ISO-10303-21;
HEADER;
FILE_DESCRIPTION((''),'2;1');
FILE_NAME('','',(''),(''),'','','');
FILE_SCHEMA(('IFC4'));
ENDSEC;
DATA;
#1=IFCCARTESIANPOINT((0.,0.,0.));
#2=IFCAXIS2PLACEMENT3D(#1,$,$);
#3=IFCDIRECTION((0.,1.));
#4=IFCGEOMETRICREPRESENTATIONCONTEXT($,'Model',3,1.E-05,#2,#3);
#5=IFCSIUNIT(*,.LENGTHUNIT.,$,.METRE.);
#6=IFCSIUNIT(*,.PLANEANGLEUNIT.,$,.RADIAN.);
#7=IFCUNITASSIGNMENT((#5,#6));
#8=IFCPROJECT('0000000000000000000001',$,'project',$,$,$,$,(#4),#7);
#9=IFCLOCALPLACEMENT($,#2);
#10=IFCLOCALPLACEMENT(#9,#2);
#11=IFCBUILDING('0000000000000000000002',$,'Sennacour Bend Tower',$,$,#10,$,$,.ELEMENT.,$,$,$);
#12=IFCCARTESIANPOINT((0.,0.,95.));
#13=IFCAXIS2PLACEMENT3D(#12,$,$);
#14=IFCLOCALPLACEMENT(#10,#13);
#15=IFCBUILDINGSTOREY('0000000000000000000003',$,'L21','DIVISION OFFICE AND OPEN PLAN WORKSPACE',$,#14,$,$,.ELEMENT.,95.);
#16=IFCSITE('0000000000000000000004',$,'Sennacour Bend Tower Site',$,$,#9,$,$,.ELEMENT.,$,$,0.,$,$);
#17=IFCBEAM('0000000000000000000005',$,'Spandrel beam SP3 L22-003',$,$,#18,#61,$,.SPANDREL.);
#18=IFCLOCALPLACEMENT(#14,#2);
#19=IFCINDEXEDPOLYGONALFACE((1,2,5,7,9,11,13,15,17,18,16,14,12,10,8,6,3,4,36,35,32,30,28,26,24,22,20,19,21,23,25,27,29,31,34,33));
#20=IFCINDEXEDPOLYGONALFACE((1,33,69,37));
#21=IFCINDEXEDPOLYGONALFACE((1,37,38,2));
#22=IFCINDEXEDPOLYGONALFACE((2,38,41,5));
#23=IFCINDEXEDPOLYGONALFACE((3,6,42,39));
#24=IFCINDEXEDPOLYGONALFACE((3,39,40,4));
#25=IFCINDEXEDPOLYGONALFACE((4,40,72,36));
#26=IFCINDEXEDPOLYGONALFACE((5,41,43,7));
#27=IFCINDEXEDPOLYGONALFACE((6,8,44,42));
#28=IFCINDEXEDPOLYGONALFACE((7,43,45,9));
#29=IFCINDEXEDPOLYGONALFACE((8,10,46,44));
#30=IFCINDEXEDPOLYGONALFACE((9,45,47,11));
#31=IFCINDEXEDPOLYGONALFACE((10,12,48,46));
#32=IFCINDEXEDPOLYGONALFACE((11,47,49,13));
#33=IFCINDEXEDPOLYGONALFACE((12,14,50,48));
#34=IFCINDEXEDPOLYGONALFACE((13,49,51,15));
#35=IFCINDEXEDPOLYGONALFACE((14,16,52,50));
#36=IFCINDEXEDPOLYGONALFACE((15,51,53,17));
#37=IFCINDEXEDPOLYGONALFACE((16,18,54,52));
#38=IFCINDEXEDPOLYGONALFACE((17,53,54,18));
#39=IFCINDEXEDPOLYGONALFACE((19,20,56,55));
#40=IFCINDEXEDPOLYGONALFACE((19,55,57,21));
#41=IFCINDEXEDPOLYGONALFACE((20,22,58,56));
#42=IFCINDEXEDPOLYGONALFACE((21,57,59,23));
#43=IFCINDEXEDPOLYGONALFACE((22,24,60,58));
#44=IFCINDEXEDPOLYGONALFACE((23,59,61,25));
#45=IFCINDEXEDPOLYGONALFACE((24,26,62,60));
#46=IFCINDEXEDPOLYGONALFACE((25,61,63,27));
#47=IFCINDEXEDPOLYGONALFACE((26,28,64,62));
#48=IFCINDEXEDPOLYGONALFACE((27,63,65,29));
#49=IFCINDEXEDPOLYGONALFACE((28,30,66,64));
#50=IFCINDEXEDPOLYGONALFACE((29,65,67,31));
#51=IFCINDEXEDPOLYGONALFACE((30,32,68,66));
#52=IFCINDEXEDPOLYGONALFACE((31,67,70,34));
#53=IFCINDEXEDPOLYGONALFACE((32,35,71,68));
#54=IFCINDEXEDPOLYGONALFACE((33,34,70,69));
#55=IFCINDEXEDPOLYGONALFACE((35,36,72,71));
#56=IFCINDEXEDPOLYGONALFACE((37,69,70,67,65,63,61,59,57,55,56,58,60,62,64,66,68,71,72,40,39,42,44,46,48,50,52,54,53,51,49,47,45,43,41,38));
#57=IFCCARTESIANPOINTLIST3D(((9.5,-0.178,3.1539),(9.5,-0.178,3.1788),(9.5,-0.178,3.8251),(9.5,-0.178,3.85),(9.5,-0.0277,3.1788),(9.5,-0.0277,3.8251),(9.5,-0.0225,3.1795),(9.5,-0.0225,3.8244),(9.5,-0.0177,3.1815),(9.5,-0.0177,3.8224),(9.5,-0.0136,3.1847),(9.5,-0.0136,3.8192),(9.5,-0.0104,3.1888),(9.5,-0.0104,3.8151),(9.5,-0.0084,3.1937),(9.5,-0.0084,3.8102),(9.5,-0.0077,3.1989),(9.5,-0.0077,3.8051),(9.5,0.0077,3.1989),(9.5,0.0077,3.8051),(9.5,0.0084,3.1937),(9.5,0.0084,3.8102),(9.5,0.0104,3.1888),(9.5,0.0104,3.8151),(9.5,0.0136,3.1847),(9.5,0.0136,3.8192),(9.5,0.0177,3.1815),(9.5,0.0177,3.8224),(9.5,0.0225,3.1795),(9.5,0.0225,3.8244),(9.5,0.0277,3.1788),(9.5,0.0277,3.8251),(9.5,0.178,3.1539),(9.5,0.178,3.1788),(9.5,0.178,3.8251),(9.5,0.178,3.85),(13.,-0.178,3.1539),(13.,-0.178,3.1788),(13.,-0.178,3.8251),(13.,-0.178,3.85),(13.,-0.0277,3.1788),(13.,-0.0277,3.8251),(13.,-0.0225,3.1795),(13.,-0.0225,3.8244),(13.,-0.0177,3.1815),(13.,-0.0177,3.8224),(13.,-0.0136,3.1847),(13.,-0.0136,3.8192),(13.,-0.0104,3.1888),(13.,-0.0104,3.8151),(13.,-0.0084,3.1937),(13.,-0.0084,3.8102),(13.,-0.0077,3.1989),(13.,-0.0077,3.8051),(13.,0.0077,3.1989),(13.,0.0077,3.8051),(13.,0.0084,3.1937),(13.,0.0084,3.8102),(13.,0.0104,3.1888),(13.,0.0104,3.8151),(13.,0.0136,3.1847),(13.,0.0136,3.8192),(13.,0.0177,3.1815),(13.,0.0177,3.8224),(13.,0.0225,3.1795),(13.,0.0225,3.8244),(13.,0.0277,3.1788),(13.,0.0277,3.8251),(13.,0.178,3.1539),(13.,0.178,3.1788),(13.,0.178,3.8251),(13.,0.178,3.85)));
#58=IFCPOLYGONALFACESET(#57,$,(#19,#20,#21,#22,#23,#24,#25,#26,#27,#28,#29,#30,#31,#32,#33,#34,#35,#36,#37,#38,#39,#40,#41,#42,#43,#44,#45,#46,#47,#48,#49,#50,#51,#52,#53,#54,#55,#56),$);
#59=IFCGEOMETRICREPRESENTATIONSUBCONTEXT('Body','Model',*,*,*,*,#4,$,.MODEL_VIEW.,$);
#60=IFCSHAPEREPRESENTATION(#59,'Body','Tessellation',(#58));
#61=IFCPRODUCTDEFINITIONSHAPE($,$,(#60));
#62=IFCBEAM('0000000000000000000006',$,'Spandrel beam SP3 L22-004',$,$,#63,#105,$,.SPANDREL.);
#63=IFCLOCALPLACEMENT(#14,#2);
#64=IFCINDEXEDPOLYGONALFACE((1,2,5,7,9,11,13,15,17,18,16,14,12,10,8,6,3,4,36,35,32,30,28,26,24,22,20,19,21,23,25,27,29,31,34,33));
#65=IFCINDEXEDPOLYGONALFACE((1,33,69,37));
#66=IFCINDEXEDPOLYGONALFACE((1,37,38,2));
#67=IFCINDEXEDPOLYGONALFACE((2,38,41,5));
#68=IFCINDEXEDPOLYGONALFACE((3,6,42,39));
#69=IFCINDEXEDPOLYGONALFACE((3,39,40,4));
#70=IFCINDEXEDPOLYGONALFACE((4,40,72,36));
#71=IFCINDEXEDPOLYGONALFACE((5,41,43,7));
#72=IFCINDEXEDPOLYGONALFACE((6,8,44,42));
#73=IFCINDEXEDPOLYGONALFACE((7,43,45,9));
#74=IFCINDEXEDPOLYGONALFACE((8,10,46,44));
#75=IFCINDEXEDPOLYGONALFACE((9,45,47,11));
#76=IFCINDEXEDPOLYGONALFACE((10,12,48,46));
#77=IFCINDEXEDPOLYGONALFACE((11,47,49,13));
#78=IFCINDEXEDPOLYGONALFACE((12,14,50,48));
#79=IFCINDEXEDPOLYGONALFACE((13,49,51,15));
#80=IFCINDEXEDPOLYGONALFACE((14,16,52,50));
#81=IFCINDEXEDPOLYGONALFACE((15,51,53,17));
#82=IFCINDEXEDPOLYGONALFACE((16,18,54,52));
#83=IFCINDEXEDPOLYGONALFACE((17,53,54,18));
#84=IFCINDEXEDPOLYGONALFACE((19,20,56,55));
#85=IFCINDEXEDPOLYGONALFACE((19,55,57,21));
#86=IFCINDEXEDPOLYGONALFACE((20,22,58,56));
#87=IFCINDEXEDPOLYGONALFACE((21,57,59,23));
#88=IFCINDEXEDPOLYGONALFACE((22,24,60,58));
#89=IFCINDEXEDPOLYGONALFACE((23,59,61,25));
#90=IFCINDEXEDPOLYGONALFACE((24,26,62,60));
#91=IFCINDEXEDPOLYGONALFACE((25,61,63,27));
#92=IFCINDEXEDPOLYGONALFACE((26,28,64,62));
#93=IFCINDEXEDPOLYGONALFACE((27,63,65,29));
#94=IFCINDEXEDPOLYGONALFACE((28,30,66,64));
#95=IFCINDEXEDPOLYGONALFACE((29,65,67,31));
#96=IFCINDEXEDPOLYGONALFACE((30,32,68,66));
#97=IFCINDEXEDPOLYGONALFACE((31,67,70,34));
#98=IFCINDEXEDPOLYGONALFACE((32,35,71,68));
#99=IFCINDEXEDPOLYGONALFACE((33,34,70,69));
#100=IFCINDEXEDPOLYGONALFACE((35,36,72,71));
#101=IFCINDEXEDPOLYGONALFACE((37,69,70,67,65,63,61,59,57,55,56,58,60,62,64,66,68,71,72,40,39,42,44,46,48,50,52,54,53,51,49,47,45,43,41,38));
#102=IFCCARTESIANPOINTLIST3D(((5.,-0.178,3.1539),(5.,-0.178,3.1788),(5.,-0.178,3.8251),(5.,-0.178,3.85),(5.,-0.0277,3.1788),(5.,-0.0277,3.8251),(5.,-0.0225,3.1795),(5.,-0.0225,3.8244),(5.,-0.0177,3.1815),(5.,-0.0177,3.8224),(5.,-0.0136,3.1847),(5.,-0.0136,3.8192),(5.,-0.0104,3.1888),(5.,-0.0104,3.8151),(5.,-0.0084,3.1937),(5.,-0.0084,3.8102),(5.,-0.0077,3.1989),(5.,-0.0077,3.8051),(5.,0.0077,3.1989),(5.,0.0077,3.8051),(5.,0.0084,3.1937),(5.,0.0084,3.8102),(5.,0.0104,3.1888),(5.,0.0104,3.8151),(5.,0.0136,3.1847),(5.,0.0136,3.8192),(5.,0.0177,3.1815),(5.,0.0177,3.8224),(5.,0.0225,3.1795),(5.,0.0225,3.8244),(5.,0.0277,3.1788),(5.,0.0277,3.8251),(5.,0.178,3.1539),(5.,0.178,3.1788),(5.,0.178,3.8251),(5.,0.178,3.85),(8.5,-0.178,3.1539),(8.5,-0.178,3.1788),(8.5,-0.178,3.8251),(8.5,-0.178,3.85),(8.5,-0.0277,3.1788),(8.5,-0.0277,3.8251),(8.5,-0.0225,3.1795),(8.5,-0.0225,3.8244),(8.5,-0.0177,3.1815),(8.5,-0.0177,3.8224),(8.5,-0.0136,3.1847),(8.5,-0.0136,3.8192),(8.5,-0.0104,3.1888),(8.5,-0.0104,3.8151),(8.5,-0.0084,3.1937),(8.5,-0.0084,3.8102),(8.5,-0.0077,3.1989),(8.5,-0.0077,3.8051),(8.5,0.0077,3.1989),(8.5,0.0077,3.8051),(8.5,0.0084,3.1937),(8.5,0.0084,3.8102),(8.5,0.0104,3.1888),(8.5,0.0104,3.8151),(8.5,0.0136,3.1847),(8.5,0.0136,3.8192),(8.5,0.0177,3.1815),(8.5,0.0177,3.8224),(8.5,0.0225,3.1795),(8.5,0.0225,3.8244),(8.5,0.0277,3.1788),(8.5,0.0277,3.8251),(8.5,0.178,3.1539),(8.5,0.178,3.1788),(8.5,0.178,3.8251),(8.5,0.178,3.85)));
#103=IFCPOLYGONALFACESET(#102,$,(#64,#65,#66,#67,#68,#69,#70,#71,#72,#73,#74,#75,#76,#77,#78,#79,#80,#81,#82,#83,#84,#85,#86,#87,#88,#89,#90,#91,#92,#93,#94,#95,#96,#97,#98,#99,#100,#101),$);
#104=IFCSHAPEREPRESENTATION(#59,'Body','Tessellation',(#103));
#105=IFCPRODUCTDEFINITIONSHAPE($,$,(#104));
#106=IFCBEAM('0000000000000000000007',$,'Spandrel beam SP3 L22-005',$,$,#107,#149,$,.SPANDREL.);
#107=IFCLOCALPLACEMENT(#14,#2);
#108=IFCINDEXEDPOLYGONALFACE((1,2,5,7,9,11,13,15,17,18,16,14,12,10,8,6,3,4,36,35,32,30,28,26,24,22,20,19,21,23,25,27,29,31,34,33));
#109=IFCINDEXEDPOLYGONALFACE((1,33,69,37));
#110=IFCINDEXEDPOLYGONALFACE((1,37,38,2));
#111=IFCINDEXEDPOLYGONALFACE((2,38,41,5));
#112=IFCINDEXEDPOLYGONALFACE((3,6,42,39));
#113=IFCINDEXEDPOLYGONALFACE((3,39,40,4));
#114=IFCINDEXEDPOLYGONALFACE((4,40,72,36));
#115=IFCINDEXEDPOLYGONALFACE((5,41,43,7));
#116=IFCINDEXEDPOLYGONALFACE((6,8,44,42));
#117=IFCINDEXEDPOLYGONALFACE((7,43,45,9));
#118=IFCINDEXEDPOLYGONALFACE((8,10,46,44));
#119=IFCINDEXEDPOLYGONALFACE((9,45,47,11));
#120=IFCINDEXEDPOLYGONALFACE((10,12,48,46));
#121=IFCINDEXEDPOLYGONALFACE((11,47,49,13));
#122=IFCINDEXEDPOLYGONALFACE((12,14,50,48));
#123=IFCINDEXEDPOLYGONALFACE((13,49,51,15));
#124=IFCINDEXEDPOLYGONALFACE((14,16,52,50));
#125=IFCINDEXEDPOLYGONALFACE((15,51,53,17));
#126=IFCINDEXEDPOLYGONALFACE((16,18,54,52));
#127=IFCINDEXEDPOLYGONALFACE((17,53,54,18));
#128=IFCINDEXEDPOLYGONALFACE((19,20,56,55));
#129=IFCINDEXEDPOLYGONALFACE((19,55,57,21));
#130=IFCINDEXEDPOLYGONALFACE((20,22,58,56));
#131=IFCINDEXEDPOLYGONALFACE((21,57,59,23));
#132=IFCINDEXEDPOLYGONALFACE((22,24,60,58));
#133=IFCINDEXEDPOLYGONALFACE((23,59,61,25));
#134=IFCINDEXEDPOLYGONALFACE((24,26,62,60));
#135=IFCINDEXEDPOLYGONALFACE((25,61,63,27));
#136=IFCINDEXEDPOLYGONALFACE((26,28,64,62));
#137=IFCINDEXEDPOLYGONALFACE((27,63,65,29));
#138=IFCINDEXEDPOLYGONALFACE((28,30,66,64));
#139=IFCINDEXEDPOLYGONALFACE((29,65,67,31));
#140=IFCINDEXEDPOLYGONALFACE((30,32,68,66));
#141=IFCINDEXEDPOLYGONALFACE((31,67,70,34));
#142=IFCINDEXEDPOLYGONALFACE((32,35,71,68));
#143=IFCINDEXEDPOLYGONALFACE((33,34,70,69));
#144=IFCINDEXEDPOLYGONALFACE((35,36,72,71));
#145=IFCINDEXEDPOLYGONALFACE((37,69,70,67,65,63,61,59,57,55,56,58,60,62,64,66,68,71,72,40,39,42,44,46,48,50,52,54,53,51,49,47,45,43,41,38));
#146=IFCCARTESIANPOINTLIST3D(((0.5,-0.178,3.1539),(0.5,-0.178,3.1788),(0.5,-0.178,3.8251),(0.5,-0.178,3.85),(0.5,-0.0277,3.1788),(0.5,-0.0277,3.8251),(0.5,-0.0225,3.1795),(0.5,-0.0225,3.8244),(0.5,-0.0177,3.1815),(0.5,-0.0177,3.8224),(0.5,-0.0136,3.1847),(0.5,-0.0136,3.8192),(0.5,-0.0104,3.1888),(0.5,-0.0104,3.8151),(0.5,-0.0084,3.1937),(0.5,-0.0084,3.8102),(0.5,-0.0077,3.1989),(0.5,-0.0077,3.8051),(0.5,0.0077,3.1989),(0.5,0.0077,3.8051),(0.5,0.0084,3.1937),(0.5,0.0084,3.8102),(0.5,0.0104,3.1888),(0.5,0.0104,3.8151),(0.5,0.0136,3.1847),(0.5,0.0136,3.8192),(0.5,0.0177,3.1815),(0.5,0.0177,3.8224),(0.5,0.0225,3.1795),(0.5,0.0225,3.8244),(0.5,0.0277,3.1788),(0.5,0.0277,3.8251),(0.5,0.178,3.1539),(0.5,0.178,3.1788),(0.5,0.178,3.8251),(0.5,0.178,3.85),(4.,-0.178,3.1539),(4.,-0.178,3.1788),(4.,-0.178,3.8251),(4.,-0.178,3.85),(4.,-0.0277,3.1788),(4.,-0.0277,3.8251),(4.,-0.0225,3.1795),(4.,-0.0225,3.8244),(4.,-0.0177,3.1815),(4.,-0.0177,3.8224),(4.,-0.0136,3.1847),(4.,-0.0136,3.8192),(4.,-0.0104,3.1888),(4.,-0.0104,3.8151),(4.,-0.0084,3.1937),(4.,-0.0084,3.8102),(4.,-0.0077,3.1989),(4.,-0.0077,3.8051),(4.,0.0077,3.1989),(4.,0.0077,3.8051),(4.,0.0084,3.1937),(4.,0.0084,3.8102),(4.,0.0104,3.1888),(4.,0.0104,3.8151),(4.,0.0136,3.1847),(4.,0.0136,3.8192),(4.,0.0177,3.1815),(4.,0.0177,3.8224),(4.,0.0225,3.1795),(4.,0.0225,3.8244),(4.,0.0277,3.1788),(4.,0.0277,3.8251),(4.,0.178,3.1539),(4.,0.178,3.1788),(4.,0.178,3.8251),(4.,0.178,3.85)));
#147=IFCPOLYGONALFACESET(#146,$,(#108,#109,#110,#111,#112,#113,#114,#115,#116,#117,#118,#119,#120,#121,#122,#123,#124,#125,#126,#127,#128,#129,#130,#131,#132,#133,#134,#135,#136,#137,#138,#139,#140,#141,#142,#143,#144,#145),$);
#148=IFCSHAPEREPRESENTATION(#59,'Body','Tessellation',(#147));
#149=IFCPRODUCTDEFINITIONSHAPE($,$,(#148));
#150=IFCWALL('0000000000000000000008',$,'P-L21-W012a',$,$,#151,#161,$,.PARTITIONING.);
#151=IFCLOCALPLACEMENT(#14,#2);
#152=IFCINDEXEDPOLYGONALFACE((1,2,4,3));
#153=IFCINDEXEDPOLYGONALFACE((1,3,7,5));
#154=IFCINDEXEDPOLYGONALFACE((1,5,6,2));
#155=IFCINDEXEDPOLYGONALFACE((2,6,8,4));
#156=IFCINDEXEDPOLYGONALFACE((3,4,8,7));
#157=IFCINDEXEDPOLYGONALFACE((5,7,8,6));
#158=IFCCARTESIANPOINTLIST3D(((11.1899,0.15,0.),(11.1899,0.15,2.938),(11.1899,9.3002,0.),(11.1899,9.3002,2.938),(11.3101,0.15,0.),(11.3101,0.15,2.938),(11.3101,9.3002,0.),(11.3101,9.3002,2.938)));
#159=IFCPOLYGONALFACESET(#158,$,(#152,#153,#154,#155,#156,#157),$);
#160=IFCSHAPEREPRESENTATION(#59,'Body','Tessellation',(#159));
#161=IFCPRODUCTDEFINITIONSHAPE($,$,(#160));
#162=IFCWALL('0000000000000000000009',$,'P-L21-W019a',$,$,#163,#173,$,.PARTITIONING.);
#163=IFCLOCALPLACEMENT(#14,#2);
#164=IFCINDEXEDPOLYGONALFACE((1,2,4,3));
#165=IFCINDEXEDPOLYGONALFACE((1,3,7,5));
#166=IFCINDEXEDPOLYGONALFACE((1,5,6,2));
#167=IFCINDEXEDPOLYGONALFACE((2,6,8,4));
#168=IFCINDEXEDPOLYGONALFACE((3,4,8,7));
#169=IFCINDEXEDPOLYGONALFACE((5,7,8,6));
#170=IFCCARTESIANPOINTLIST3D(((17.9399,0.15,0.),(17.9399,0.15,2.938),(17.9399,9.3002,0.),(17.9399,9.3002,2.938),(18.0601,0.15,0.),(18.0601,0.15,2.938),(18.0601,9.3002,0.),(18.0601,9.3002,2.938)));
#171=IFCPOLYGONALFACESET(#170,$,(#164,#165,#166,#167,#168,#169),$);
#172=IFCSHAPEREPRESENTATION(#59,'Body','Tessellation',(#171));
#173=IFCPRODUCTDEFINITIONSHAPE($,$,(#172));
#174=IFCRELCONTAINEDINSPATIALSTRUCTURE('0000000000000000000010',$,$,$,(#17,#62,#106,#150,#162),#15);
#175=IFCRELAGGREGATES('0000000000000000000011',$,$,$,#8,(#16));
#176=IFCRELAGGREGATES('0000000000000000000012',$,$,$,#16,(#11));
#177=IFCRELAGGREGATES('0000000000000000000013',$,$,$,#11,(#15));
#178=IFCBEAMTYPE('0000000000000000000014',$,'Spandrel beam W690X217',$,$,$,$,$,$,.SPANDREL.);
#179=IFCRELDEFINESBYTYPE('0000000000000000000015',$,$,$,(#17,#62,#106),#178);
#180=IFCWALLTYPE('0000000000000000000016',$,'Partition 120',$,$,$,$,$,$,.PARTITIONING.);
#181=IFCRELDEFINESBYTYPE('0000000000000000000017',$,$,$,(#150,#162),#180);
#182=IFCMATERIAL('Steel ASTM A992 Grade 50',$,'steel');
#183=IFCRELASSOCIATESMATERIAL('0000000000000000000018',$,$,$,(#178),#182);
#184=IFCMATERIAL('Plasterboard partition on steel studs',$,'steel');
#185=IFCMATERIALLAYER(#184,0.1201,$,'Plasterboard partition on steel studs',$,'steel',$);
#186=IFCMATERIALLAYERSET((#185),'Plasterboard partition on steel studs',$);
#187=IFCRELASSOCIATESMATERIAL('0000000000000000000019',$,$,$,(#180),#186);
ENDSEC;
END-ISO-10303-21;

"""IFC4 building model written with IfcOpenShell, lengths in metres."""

from ifc_helpers import new_model, si_unit, direction, frame, frame_2d, origin, origin_2d, place, context, subcontext, project, spatial, rectangle, i_section, extrude, material, layer, layer_set, material_profile, profile_set, type_object, element, save


model = new_model("IFC4")

# Units and contexts
model_context = context("Model", 3, precision=1e-05, world=origin(), true_north=direction((0.0, 1.0)))
body_context = subcontext(model_context, "Body", "Model", "MODEL_VIEW")
ifc_project = project(units=[si_unit("LENGTHUNIT", "METRE"), si_unit("PLANEANGLEUNIT", "RADIAN")], contexts=[model_context])

# Site, building, storey
site_placement = place(None, origin())
site = spatial("IfcSite", under=ifc_project, at=site_placement, Name="Sennacour Bend Tower Site", CompositionType="ELEMENT", RefElevation=0.0)
building_placement = place(site_placement, origin())
building = spatial("IfcBuilding", under=site, at=building_placement, Name="Sennacour Bend Tower", CompositionType="ELEMENT")
storey_placement = place(building_placement, frame((0.0, 0.0, 95.0)))
storey = spatial("IfcBuildingStorey", under=building, at=storey_placement, Name="L21", Description="DIVISION OFFICE AND OPEN PLAN WORKSPACE", CompositionType="ELEMENT", Elevation=95.0)

# Beams
ifc_material_1 = material(Name="Steel ASTM A992 Grade 50", Category="steel")
ifc_material_profile_1 = material_profile(ifc_material_1, i_section(OverallWidth=0.356, OverallDepth=0.696, WebThickness=0.0154, FlangeThickness=0.0249, FilletRadius=0.02, at=origin_2d()), Name="Steel ASTM A992 Grade 50", Category="steel")
ifc_profile_set_1 = profile_set([ifc_material_profile_1], Name="Steel ASTM A992 Grade 50")
beam_type_1 = type_object("IfcBeamType", Name="Spandrel beam W690X217", PredefinedType="SPANDREL", material=ifc_profile_set_1)
for number, where, z_axis, x_axis, name in (
    (1, (13.0, 0.0, 3.502), (-1.0, 0.0, 0.0), (0.0, -1.0, 0.0), "Spandrel beam SP3 L22-003"),
    (2, (8.5, 0.0, 3.502), (-1.0, 0.0, 0.0), (0.0, -1.0, 0.0), "Spandrel beam SP3 L22-004"),
    (3, (4.0, 0.0, 3.502), (-1.0, 0.0, 0.0), (0.0, -1.0, 0.0), "Spandrel beam SP3 L22-005"),
):
    element("IfcBeam", number, at=place(storey_placement, frame(where, z_axis=z_axis, x_axis=x_axis)), inside=storey, type_object=beam_type_1, Name=name, PredefinedType="SPANDREL", context=body_context, shape_type="SweptSolid", body=[
        extrude(i_section(OverallWidth=0.356, OverallDepth=0.696, WebThickness=0.0154, FlangeThickness=0.0249, FilletRadius=0.02, at=origin_2d()), origin(), (0.0, 0.0, 1.0), 3.5),
    ])

# Walls
ifc_material_2 = material(Name="Plasterboard partition on steel studs", Category="steel")
ifc_layer_1 = layer(ifc_material_2, 0.1201, Name="Plasterboard partition on steel studs", Category="steel")
ifc_layer_set_1 = layer_set([ifc_layer_1], Name="Plasterboard partition on steel studs")
wall_type_1 = type_object("IfcWallType", Name="Partition 120", PredefinedType="PARTITIONING", material=ifc_layer_set_1)
for number, where, z_axis, x_axis, name in (
    (4, (11.25, 0.1499, 0.0), (0.0, 0.0, 1.0), (0.0, 1.0, 0.0), "P-L21-W012a"),
    (5, (18.0, 0.1499, 0.0), (0.0, 0.0, 1.0), (0.0, 1.0, 0.0), "P-L21-W019a"),
):
    element("IfcWall", number, at=place(storey_placement, frame(where, z_axis=z_axis, x_axis=x_axis)), inside=storey, type_object=wall_type_1, Name=name, PredefinedType="PARTITIONING", context=body_context, shape_type="SweptSolid", body=[
        extrude(rectangle(XDim=9.1501, YDim=0.1201, at=frame_2d((4.5752, 0.0))), origin(), (0.0, 0.0, 1.0), 2.938),
    ])

save(model, "model.ifc")
